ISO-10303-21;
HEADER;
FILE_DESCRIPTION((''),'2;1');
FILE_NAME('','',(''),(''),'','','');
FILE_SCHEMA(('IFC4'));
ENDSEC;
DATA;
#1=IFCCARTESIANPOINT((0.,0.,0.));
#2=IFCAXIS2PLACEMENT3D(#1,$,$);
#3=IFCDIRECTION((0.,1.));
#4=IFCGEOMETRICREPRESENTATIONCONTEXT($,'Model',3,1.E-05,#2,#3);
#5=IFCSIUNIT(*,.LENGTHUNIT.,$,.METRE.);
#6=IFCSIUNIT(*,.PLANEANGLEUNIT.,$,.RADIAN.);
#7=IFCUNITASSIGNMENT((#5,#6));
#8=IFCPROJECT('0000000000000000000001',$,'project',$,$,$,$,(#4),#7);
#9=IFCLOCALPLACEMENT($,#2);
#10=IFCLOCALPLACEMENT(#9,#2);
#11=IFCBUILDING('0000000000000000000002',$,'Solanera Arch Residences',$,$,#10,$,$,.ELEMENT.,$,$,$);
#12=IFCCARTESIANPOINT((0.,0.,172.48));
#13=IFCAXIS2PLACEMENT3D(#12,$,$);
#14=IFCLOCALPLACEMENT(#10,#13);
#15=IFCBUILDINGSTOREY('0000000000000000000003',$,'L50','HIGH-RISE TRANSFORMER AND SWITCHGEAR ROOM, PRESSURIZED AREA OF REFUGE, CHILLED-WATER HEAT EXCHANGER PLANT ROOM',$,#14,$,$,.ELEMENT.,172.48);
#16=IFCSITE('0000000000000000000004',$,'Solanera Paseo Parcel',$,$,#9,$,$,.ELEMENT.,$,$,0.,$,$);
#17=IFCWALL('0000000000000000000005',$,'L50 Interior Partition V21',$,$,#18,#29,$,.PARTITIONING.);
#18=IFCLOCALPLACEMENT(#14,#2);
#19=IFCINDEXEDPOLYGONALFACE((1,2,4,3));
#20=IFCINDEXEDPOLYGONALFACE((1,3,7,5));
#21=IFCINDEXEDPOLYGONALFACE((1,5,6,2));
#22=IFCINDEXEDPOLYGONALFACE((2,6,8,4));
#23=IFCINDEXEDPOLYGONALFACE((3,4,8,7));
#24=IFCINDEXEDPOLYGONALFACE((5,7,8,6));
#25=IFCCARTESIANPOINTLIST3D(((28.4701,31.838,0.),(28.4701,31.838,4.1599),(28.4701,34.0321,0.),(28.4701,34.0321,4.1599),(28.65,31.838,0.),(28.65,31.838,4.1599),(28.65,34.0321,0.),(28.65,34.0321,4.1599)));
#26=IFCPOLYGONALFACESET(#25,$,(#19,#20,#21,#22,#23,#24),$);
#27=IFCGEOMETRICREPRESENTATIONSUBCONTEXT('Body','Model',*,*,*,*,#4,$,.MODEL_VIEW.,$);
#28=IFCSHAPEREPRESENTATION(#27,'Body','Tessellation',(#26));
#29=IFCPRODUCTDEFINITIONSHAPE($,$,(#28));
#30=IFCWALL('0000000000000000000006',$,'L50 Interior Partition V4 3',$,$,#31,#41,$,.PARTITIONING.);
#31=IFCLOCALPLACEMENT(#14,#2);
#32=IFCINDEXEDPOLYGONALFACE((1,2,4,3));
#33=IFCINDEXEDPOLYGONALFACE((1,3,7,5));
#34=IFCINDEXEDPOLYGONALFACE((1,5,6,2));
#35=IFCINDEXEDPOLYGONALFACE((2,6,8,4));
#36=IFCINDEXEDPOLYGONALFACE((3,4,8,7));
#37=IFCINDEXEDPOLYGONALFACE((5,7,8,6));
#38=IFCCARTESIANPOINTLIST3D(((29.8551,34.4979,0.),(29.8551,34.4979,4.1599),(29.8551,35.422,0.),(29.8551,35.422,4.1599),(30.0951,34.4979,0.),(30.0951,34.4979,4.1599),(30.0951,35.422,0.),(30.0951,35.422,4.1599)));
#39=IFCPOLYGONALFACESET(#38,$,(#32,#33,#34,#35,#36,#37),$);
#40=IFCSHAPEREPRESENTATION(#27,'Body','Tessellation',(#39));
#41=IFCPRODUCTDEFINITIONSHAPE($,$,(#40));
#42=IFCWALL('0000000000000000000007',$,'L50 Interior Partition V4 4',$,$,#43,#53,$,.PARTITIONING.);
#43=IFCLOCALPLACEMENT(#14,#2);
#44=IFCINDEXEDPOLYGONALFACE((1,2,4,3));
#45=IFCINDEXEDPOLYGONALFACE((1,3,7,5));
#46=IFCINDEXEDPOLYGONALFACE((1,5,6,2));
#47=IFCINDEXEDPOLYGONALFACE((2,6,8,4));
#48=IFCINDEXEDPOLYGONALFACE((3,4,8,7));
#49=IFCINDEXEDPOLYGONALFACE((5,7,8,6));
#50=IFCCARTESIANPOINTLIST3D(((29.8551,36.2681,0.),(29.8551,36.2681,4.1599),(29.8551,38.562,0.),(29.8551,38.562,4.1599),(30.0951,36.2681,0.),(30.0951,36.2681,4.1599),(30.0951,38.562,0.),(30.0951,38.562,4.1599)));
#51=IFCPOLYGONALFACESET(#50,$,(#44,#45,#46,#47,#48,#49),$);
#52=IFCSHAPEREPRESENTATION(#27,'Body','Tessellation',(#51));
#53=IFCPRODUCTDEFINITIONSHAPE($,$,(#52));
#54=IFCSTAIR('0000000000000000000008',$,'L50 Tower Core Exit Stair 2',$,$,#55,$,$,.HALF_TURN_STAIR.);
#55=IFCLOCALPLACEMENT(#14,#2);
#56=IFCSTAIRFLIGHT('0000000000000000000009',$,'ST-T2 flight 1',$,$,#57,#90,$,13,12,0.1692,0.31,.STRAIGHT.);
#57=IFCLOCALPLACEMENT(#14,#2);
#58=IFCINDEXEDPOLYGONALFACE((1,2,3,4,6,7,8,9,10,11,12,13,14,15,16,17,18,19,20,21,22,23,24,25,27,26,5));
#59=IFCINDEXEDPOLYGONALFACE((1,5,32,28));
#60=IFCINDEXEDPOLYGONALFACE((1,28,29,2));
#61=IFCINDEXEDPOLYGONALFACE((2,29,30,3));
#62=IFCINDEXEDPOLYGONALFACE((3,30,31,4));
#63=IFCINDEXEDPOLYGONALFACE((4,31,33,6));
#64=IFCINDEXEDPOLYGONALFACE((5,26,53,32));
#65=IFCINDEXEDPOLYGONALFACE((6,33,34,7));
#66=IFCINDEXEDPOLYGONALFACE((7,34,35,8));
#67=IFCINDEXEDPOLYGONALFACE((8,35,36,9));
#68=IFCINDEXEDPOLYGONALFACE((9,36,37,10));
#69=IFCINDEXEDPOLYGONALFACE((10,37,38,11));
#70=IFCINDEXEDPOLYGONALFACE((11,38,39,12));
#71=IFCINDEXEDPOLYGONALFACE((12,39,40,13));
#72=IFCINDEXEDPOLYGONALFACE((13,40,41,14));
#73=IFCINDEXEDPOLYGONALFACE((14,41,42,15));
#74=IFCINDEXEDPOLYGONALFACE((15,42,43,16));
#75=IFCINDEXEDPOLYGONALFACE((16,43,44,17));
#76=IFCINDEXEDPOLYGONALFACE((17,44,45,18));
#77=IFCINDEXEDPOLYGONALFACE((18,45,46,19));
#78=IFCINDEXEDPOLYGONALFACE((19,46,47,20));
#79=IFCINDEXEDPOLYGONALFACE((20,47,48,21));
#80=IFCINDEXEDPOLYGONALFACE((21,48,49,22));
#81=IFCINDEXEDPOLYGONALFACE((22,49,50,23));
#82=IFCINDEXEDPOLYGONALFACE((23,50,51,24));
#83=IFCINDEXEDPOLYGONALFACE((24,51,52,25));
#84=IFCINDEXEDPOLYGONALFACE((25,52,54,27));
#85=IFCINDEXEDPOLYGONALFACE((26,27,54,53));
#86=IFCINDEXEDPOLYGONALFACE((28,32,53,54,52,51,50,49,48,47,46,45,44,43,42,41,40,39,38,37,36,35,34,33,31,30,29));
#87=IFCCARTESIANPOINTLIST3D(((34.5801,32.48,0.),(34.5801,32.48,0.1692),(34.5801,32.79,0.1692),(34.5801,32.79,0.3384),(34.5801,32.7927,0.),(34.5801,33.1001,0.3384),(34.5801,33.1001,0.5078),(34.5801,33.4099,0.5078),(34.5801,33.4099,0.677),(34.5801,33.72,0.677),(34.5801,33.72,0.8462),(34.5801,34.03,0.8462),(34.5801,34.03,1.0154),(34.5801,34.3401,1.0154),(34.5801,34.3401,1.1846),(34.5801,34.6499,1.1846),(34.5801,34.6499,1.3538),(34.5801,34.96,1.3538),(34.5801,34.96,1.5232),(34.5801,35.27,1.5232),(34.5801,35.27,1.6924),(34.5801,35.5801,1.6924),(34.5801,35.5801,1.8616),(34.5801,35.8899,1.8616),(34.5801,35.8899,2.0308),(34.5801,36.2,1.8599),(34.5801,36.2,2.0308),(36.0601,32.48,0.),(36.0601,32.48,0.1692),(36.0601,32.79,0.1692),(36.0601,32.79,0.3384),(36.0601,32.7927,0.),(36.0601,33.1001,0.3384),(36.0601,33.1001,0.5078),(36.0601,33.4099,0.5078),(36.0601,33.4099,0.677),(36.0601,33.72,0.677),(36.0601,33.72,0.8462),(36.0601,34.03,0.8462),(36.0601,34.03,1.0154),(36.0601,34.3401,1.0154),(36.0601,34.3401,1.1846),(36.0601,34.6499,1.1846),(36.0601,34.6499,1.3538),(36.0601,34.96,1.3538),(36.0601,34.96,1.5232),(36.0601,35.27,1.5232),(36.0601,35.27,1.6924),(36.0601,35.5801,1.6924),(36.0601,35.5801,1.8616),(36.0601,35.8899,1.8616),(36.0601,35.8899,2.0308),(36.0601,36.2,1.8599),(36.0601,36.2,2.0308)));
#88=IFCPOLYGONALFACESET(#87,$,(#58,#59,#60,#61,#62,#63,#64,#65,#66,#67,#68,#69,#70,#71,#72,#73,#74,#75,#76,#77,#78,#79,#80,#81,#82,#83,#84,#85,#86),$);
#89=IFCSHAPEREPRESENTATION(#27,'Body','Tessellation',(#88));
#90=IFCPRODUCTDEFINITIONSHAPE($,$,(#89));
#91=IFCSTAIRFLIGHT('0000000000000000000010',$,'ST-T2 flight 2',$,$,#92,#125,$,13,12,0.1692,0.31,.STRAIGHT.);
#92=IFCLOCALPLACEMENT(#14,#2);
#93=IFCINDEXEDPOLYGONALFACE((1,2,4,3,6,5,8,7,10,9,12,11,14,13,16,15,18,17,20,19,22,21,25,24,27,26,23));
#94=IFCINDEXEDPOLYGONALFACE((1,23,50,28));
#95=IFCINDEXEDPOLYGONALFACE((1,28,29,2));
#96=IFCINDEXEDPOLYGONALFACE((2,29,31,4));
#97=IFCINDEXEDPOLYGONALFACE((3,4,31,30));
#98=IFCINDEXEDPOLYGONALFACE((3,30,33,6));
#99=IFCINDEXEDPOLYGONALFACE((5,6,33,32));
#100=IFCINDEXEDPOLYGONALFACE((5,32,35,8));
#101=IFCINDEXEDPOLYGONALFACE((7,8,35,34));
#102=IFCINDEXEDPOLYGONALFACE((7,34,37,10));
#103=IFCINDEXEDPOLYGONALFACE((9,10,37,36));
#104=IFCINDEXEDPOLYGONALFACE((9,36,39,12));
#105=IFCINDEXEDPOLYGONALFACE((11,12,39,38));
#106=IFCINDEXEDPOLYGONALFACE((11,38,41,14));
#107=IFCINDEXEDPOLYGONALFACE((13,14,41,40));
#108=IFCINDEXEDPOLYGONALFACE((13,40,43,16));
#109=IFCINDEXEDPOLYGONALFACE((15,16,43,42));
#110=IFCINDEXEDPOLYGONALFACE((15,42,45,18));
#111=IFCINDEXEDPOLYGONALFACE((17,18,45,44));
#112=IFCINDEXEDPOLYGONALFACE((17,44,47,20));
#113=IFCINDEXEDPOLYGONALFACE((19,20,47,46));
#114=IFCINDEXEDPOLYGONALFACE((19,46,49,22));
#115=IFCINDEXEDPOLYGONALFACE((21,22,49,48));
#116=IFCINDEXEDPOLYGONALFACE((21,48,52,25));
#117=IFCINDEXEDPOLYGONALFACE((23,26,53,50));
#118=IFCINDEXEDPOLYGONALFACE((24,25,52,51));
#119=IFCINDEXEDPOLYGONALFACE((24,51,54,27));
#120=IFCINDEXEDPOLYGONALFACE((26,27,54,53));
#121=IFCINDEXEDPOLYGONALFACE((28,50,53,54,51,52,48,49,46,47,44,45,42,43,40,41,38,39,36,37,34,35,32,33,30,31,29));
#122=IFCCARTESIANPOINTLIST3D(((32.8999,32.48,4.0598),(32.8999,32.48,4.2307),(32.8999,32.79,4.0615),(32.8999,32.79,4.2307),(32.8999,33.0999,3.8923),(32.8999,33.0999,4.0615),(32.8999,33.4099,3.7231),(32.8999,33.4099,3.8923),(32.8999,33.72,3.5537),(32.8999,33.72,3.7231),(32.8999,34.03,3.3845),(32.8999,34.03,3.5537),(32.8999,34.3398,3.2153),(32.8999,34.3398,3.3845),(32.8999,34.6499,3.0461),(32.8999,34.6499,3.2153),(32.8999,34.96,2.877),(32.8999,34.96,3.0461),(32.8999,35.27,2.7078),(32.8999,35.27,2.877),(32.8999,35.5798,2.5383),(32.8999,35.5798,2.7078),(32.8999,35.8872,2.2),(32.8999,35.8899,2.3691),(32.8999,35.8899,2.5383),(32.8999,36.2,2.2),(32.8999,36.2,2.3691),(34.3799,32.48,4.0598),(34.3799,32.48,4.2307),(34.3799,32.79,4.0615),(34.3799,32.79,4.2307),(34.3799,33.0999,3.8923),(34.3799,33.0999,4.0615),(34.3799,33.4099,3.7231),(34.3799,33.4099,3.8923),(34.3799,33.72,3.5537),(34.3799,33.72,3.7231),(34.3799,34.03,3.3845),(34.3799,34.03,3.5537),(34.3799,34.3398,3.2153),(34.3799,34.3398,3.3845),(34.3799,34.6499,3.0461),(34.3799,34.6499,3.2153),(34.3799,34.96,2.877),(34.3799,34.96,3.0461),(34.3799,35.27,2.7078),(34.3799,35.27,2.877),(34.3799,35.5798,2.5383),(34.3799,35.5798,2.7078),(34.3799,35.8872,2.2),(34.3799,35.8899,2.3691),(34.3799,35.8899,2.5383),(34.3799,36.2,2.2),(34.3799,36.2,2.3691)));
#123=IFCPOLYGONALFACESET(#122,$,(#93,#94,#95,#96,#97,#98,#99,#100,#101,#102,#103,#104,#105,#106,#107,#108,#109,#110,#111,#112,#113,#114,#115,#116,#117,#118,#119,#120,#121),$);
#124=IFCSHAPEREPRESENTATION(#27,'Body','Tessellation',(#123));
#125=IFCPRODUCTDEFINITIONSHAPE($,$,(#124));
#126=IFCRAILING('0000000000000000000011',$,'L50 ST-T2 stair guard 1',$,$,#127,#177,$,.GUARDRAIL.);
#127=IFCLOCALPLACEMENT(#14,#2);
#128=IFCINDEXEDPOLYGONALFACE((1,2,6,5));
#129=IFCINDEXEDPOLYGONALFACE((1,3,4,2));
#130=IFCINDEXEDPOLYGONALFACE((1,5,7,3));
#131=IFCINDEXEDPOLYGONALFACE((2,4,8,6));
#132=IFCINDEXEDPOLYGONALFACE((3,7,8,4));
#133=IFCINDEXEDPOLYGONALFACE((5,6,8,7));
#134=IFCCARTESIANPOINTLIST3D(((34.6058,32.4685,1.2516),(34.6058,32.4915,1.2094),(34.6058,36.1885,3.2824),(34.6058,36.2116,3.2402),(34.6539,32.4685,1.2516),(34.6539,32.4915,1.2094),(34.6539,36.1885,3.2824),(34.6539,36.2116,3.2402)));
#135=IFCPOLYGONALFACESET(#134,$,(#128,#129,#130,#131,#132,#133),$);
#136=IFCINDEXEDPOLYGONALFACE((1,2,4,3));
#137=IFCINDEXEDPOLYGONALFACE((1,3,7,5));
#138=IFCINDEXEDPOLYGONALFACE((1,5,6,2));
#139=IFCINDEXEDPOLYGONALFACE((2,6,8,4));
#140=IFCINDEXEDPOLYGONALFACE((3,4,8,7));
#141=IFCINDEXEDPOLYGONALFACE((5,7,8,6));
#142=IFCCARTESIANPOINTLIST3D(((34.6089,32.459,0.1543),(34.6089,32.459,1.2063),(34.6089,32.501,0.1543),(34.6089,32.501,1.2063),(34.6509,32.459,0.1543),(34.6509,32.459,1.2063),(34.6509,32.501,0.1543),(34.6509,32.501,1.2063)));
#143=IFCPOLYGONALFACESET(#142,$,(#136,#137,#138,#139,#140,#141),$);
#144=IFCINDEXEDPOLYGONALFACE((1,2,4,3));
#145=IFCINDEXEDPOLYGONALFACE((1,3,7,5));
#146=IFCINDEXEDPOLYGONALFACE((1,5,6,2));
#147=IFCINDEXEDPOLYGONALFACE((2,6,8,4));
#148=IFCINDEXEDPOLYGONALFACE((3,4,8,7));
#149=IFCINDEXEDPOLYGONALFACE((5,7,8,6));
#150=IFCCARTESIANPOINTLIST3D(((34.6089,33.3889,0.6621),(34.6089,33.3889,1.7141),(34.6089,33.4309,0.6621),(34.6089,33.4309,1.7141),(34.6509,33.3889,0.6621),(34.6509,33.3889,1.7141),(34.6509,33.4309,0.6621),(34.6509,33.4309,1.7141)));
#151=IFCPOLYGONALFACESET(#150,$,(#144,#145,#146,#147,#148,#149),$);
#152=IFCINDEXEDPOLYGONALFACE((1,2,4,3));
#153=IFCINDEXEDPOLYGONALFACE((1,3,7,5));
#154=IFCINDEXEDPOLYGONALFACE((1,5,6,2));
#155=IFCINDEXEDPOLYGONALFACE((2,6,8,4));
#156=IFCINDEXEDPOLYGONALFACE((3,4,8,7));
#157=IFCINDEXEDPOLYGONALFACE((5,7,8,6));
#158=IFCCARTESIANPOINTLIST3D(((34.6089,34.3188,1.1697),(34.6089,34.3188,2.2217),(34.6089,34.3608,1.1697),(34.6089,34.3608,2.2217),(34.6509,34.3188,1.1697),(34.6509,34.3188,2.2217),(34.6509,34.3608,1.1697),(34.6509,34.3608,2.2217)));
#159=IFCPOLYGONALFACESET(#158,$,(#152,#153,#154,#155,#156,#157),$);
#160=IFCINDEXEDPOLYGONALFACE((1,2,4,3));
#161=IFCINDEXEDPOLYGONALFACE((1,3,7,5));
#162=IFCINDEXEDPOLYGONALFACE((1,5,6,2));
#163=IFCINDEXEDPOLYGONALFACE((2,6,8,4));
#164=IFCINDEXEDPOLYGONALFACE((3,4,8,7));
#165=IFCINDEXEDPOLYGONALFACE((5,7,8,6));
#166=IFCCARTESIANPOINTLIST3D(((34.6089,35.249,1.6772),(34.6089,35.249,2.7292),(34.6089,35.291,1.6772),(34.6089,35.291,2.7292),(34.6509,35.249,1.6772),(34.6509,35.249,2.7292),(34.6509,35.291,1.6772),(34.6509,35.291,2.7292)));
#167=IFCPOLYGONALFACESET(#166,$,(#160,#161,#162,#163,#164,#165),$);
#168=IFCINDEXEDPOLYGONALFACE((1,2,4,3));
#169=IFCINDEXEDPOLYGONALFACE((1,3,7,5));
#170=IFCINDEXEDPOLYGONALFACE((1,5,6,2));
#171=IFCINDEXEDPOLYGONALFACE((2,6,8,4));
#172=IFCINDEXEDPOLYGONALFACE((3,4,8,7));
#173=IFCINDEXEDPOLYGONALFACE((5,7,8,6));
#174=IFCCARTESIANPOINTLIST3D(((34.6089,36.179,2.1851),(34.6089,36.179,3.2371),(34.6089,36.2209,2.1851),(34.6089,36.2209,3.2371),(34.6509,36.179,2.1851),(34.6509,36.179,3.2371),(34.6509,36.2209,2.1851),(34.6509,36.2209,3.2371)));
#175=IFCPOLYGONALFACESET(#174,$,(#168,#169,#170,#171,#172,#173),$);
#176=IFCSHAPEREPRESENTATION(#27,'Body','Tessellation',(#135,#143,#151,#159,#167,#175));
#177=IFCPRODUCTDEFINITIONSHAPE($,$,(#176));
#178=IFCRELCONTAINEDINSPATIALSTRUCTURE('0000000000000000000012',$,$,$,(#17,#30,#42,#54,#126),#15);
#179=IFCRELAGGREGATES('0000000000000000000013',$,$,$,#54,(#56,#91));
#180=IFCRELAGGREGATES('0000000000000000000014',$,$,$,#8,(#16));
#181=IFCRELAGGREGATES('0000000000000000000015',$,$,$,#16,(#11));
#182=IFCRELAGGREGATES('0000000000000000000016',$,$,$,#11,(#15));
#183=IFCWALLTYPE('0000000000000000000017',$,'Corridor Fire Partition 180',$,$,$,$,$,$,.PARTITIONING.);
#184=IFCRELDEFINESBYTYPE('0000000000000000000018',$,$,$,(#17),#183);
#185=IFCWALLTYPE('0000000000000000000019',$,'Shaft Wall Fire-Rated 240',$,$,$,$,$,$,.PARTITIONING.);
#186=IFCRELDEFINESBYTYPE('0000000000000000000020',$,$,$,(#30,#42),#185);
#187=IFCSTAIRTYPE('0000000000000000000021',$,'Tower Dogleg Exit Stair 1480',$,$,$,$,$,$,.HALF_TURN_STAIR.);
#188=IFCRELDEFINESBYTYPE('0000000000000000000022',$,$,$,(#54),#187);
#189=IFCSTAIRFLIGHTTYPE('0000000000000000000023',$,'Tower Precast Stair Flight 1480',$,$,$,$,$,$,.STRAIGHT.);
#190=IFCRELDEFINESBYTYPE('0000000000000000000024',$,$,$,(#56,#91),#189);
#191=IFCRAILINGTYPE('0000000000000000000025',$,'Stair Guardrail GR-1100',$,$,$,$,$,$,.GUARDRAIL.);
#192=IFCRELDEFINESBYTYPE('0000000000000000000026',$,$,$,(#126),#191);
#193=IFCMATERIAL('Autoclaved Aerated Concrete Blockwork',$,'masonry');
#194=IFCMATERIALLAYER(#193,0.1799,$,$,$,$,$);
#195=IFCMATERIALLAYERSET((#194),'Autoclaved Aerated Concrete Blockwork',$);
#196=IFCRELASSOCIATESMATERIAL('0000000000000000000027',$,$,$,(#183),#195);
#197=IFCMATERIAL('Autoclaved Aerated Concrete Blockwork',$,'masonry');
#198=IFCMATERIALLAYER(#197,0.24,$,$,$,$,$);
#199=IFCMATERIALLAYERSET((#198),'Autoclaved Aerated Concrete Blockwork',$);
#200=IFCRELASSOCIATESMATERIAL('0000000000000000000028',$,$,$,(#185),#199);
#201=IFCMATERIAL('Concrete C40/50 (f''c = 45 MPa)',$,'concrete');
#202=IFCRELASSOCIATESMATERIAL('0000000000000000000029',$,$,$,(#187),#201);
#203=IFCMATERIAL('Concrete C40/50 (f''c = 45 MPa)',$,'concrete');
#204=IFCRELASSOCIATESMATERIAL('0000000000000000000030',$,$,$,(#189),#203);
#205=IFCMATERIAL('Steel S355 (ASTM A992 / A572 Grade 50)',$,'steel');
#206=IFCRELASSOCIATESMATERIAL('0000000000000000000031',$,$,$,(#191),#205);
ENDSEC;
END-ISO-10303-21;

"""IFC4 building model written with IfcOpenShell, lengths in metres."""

from ifc_helpers import new_model, si_unit, direction, frame, frame_2d, origin, origin_2d, place, context, subcontext, project, spatial, polyline, rectangle, outline, extrude, material, layer, layer_set, type_object, element, aggregate, save


model = new_model("IFC4")

# Units and contexts
model_context = context("Model", 3, precision=1e-05, world=origin(), true_north=direction((0.0, 1.0)))
body_context = subcontext(model_context, "Body", "Model", "MODEL_VIEW")
ifc_project = project(units=[si_unit("LENGTHUNIT", "METRE"), si_unit("PLANEANGLEUNIT", "RADIAN")], contexts=[model_context])

# Site, building, storey
site_placement = place(None, origin())
site = spatial("IfcSite", under=ifc_project, at=site_placement, Name="Solanera Paseo Parcel", CompositionType="ELEMENT", RefElevation=0.0)
building_placement = place(site_placement, origin())
building = spatial("IfcBuilding", under=site, at=building_placement, Name="Solanera Arch Residences", CompositionType="ELEMENT")
storey_placement = place(building_placement, frame((0.0, 0.0, 172.48)))
storey = spatial("IfcBuildingStorey", under=building, at=storey_placement, Name="L50", Description="HIGH-RISE TRANSFORMER AND SWITCHGEAR ROOM, PRESSURIZED AREA OF REFUGE, CHILLED-WATER HEAT EXCHANGER PLANT ROOM", CompositionType="ELEMENT", Elevation=172.48)

# Shared definitions
ifc_material_1 = material(Name="Autoclaved Aerated Concrete Blockwork", Category="masonry")
ifc_layer_1 = layer(ifc_material_1, 0.1799)
ifc_layer_set_1 = layer_set([ifc_layer_1], Name="Autoclaved Aerated Concrete Blockwork")
wall_type_1 = type_object("IfcWallType", Name="Corridor Fire Partition 180", PredefinedType="PARTITIONING", material=ifc_layer_set_1)

# Wall
wall_1_placement = place(storey_placement, frame((28.5601, 31.8379, 0.0), z_axis=(0.0, 0.0, 1.0), x_axis=(0.0, 1.0, 0.0)))
element("IfcWall", 1, at=wall_1_placement, inside=storey, type_object=wall_type_1, Name="L50 Interior Partition V21", PredefinedType="PARTITIONING", context=body_context, shape_type="SweptSolid", body=[
    extrude(rectangle(XDim=2.1941, YDim=0.1799, at=frame_2d((1.0972, 0.0))), origin(), (0.0, 0.0, 1.0), 4.1599),
])

# Shared definitions
ifc_material_2 = material(Name="Autoclaved Aerated Concrete Blockwork", Category="masonry")
ifc_layer_2 = layer(ifc_material_2, 0.24)
ifc_layer_set_2 = layer_set([ifc_layer_2], Name="Autoclaved Aerated Concrete Blockwork")
wall_type_2 = type_object("IfcWallType", Name="Shaft Wall Fire-Rated 240", PredefinedType="PARTITIONING", material=ifc_layer_set_2)

# Walls
wall_2_placement = place(storey_placement, frame((29.9751, 34.498, 0.0), z_axis=(0.0, 0.0, 1.0), x_axis=(0.0, 1.0, 0.0)))
element("IfcWall", 2, at=wall_2_placement, inside=storey, type_object=wall_type_2, Name="L50 Interior Partition V4 3", PredefinedType="PARTITIONING", context=body_context, shape_type="SweptSolid", body=[
    extrude(rectangle(XDim=0.9241, YDim=0.24, at=frame_2d((0.4619, 0.0))), origin(), (0.0, 0.0, 1.0), 4.1599),
])
wall_3_placement = place(storey_placement, frame((29.9751, 36.2681, 0.0), z_axis=(0.0, 0.0, 1.0), x_axis=(0.0, 1.0, 0.0)))
element("IfcWall", 3, at=wall_3_placement, inside=storey, type_object=wall_type_2, Name="L50 Interior Partition V4 4", PredefinedType="PARTITIONING", context=body_context, shape_type="SweptSolid", body=[
    extrude(rectangle(XDim=2.2939, YDim=0.24, at=frame_2d((1.147, 0.0))), origin(), (0.0, 0.0, 1.0), 4.1599),
])

# Stair, stair flights
ifc_material_3 = material(Name="Concrete C40/50 (f'c = 45 MPa)", Category="concrete")
stair_type = type_object("IfcStairType", Name="Tower Dogleg Exit Stair 1480", PredefinedType="HALF_TURN_STAIR", material=ifc_material_3)
stair_placement = place(storey_placement, origin())
stair = element("IfcStair", 4, at=stair_placement, inside=storey, type_object=stair_type, Name="L50 Tower Core Exit Stair 2", PredefinedType="HALF_TURN_STAIR")
ifc_material_4 = material(Name="Concrete C40/50 (f'c = 45 MPa)", Category="concrete")
stair_flight_type = type_object("IfcStairFlightType", Name="Tower Precast Stair Flight 1480", PredefinedType="STRAIGHT", material=ifc_material_4)
stair_flight_1_placement = place(storey_placement, frame((35.3201, 32.48, 0.0), z_axis=(0.0, 0.0, 1.0), x_axis=(0.0, 1.0, 0.0)))
stair_flight_1 = element("IfcStairFlight", 5, at=stair_flight_1_placement, type_object=stair_flight_type, Name="ST-T2 flight 1", NumberOfRisers=13, NumberOfTreads=12, PredefinedType="STRAIGHT", RiserHeight=0.1692, TreadLength=0.31, context=body_context, shape_type="SweptSolid", body=[
    extrude(outline(polyline([(0.0, 0.0), (0.0, 0.1692), (0.3101, 0.1692), (0.3101, 0.3384), (0.6201, 0.3384), (0.6201, 0.5078), (0.9299, 0.5078), (0.9299, 0.677), (1.24, 0.677), (1.24, 0.8462), (1.55, 0.8462), (1.55, 1.0154), (1.8601, 1.0154), (1.8601, 1.1846), (2.1699, 1.1846), (2.1699, 1.3538), (2.48, 1.3538), (2.48, 1.5232), (2.79, 1.5232), (2.79, 1.6924), (3.1001, 1.6924), (3.1001, 1.8616), (3.4099, 1.8616), (3.4099, 2.0308), (3.72, 2.0308), (3.72, 2.2), (3.72, 1.8599), (0.3127, 0.0), (0.0, 0.0)])), frame((0.0, 0.74, 0.0), z_axis=(0.0, -1.0, 0.0), x_axis=(1.0, 0.0, 0.0)), (0.0, 0.0, 1.0), 1.48),
])
stair_flight_2_placement = place(storey_placement, frame((33.6399, 36.2, 2.2), z_axis=(0.0, 0.0, 1.0), x_axis=(0.0, -1.0, 0.0)))
stair_flight_2 = element("IfcStairFlight", 6, at=stair_flight_2_placement, type_object=stair_flight_type, Name="ST-T2 flight 2", NumberOfRisers=13, NumberOfTreads=12, PredefinedType="STRAIGHT", RiserHeight=0.1692, TreadLength=0.31, context=body_context, shape_type="SweptSolid", body=[
    extrude(outline(polyline([(0.0, 0.0), (0.0, 0.1692), (0.3101, 0.1692), (0.3101, 0.3384), (0.6201, 0.3384), (0.6201, 0.5078), (0.9299, 0.5078), (0.9299, 0.677), (1.24, 0.677), (1.24, 0.8462), (1.55, 0.8462), (1.55, 1.0154), (1.8601, 1.0154), (1.8601, 1.1846), (2.1699, 1.1846), (2.1699, 1.3538), (2.48, 1.3538), (2.48, 1.5232), (2.79, 1.5232), (2.79, 1.6924), (3.1001, 1.6924), (3.1001, 1.8616), (3.4099, 1.8616), (3.4099, 2.0308), (3.72, 2.0308), (3.72, 2.2), (3.72, 1.8599), (0.3127, 0.0), (0.0, 0.0)])), frame((0.0, 0.74, 0.0), z_axis=(0.0, -1.0, 0.0), x_axis=(1.0, 0.0, 0.0)), (0.0, 0.0, 1.0), 1.48),
])
aggregate(stair, [stair_flight_1, stair_flight_2])

# Railing
ifc_material_5 = material(Name="Steel S355 (ASTM A992 / A572 Grade 50)", Category="steel")
railing_type_1 = type_object("IfcRailingType", Name="Stair Guardrail GR-1100", PredefinedType="GUARDRAIL", material=ifc_material_5)
railing_1_placement = place(storey_placement, frame((34.6299, 32.48, 0.1543)))
element("IfcRailing", 7, at=railing_1_placement, inside=storey, type_object=railing_type_1, Name="L50 ST-T2 stair guard 1", PredefinedType="GUARDRAIL", context=body_context, shape_type="SweptSolid", body=[
    extrude(rectangle(XDim=0.0481, YDim=0.0481, at=origin_2d()), frame((0.0, 0.0, 1.0762), z_axis=(0.0, 0.877728, 0.479159), x_axis=(-1.0, 0.0, 0.0)), (0.0, 0.0, 1.0), 4.2383),
    extrude(rectangle(XDim=0.042, YDim=0.042, at=origin_2d()), origin(), (0.0, 0.0, 1.0), 1.052),
    extrude(rectangle(XDim=0.042, YDim=0.042, at=origin_2d()), frame((0.0, 0.9299, 0.5078)), (0.0, 0.0, 1.0), 1.052),
    extrude(rectangle(XDim=0.042, YDim=0.042, at=origin_2d()), frame((0.0, 1.8599, 1.0154)), (0.0, 0.0, 1.0), 1.052),
    extrude(rectangle(XDim=0.042, YDim=0.042, at=origin_2d()), frame((0.0, 2.79, 1.5229)), (0.0, 0.0, 1.0), 1.052),
    extrude(rectangle(XDim=0.042, YDim=0.042, at=origin_2d()), frame((0.0, 3.72, 2.0308)), (0.0, 0.0, 1.0), 1.052),
])

save(model, "model.ifc")
